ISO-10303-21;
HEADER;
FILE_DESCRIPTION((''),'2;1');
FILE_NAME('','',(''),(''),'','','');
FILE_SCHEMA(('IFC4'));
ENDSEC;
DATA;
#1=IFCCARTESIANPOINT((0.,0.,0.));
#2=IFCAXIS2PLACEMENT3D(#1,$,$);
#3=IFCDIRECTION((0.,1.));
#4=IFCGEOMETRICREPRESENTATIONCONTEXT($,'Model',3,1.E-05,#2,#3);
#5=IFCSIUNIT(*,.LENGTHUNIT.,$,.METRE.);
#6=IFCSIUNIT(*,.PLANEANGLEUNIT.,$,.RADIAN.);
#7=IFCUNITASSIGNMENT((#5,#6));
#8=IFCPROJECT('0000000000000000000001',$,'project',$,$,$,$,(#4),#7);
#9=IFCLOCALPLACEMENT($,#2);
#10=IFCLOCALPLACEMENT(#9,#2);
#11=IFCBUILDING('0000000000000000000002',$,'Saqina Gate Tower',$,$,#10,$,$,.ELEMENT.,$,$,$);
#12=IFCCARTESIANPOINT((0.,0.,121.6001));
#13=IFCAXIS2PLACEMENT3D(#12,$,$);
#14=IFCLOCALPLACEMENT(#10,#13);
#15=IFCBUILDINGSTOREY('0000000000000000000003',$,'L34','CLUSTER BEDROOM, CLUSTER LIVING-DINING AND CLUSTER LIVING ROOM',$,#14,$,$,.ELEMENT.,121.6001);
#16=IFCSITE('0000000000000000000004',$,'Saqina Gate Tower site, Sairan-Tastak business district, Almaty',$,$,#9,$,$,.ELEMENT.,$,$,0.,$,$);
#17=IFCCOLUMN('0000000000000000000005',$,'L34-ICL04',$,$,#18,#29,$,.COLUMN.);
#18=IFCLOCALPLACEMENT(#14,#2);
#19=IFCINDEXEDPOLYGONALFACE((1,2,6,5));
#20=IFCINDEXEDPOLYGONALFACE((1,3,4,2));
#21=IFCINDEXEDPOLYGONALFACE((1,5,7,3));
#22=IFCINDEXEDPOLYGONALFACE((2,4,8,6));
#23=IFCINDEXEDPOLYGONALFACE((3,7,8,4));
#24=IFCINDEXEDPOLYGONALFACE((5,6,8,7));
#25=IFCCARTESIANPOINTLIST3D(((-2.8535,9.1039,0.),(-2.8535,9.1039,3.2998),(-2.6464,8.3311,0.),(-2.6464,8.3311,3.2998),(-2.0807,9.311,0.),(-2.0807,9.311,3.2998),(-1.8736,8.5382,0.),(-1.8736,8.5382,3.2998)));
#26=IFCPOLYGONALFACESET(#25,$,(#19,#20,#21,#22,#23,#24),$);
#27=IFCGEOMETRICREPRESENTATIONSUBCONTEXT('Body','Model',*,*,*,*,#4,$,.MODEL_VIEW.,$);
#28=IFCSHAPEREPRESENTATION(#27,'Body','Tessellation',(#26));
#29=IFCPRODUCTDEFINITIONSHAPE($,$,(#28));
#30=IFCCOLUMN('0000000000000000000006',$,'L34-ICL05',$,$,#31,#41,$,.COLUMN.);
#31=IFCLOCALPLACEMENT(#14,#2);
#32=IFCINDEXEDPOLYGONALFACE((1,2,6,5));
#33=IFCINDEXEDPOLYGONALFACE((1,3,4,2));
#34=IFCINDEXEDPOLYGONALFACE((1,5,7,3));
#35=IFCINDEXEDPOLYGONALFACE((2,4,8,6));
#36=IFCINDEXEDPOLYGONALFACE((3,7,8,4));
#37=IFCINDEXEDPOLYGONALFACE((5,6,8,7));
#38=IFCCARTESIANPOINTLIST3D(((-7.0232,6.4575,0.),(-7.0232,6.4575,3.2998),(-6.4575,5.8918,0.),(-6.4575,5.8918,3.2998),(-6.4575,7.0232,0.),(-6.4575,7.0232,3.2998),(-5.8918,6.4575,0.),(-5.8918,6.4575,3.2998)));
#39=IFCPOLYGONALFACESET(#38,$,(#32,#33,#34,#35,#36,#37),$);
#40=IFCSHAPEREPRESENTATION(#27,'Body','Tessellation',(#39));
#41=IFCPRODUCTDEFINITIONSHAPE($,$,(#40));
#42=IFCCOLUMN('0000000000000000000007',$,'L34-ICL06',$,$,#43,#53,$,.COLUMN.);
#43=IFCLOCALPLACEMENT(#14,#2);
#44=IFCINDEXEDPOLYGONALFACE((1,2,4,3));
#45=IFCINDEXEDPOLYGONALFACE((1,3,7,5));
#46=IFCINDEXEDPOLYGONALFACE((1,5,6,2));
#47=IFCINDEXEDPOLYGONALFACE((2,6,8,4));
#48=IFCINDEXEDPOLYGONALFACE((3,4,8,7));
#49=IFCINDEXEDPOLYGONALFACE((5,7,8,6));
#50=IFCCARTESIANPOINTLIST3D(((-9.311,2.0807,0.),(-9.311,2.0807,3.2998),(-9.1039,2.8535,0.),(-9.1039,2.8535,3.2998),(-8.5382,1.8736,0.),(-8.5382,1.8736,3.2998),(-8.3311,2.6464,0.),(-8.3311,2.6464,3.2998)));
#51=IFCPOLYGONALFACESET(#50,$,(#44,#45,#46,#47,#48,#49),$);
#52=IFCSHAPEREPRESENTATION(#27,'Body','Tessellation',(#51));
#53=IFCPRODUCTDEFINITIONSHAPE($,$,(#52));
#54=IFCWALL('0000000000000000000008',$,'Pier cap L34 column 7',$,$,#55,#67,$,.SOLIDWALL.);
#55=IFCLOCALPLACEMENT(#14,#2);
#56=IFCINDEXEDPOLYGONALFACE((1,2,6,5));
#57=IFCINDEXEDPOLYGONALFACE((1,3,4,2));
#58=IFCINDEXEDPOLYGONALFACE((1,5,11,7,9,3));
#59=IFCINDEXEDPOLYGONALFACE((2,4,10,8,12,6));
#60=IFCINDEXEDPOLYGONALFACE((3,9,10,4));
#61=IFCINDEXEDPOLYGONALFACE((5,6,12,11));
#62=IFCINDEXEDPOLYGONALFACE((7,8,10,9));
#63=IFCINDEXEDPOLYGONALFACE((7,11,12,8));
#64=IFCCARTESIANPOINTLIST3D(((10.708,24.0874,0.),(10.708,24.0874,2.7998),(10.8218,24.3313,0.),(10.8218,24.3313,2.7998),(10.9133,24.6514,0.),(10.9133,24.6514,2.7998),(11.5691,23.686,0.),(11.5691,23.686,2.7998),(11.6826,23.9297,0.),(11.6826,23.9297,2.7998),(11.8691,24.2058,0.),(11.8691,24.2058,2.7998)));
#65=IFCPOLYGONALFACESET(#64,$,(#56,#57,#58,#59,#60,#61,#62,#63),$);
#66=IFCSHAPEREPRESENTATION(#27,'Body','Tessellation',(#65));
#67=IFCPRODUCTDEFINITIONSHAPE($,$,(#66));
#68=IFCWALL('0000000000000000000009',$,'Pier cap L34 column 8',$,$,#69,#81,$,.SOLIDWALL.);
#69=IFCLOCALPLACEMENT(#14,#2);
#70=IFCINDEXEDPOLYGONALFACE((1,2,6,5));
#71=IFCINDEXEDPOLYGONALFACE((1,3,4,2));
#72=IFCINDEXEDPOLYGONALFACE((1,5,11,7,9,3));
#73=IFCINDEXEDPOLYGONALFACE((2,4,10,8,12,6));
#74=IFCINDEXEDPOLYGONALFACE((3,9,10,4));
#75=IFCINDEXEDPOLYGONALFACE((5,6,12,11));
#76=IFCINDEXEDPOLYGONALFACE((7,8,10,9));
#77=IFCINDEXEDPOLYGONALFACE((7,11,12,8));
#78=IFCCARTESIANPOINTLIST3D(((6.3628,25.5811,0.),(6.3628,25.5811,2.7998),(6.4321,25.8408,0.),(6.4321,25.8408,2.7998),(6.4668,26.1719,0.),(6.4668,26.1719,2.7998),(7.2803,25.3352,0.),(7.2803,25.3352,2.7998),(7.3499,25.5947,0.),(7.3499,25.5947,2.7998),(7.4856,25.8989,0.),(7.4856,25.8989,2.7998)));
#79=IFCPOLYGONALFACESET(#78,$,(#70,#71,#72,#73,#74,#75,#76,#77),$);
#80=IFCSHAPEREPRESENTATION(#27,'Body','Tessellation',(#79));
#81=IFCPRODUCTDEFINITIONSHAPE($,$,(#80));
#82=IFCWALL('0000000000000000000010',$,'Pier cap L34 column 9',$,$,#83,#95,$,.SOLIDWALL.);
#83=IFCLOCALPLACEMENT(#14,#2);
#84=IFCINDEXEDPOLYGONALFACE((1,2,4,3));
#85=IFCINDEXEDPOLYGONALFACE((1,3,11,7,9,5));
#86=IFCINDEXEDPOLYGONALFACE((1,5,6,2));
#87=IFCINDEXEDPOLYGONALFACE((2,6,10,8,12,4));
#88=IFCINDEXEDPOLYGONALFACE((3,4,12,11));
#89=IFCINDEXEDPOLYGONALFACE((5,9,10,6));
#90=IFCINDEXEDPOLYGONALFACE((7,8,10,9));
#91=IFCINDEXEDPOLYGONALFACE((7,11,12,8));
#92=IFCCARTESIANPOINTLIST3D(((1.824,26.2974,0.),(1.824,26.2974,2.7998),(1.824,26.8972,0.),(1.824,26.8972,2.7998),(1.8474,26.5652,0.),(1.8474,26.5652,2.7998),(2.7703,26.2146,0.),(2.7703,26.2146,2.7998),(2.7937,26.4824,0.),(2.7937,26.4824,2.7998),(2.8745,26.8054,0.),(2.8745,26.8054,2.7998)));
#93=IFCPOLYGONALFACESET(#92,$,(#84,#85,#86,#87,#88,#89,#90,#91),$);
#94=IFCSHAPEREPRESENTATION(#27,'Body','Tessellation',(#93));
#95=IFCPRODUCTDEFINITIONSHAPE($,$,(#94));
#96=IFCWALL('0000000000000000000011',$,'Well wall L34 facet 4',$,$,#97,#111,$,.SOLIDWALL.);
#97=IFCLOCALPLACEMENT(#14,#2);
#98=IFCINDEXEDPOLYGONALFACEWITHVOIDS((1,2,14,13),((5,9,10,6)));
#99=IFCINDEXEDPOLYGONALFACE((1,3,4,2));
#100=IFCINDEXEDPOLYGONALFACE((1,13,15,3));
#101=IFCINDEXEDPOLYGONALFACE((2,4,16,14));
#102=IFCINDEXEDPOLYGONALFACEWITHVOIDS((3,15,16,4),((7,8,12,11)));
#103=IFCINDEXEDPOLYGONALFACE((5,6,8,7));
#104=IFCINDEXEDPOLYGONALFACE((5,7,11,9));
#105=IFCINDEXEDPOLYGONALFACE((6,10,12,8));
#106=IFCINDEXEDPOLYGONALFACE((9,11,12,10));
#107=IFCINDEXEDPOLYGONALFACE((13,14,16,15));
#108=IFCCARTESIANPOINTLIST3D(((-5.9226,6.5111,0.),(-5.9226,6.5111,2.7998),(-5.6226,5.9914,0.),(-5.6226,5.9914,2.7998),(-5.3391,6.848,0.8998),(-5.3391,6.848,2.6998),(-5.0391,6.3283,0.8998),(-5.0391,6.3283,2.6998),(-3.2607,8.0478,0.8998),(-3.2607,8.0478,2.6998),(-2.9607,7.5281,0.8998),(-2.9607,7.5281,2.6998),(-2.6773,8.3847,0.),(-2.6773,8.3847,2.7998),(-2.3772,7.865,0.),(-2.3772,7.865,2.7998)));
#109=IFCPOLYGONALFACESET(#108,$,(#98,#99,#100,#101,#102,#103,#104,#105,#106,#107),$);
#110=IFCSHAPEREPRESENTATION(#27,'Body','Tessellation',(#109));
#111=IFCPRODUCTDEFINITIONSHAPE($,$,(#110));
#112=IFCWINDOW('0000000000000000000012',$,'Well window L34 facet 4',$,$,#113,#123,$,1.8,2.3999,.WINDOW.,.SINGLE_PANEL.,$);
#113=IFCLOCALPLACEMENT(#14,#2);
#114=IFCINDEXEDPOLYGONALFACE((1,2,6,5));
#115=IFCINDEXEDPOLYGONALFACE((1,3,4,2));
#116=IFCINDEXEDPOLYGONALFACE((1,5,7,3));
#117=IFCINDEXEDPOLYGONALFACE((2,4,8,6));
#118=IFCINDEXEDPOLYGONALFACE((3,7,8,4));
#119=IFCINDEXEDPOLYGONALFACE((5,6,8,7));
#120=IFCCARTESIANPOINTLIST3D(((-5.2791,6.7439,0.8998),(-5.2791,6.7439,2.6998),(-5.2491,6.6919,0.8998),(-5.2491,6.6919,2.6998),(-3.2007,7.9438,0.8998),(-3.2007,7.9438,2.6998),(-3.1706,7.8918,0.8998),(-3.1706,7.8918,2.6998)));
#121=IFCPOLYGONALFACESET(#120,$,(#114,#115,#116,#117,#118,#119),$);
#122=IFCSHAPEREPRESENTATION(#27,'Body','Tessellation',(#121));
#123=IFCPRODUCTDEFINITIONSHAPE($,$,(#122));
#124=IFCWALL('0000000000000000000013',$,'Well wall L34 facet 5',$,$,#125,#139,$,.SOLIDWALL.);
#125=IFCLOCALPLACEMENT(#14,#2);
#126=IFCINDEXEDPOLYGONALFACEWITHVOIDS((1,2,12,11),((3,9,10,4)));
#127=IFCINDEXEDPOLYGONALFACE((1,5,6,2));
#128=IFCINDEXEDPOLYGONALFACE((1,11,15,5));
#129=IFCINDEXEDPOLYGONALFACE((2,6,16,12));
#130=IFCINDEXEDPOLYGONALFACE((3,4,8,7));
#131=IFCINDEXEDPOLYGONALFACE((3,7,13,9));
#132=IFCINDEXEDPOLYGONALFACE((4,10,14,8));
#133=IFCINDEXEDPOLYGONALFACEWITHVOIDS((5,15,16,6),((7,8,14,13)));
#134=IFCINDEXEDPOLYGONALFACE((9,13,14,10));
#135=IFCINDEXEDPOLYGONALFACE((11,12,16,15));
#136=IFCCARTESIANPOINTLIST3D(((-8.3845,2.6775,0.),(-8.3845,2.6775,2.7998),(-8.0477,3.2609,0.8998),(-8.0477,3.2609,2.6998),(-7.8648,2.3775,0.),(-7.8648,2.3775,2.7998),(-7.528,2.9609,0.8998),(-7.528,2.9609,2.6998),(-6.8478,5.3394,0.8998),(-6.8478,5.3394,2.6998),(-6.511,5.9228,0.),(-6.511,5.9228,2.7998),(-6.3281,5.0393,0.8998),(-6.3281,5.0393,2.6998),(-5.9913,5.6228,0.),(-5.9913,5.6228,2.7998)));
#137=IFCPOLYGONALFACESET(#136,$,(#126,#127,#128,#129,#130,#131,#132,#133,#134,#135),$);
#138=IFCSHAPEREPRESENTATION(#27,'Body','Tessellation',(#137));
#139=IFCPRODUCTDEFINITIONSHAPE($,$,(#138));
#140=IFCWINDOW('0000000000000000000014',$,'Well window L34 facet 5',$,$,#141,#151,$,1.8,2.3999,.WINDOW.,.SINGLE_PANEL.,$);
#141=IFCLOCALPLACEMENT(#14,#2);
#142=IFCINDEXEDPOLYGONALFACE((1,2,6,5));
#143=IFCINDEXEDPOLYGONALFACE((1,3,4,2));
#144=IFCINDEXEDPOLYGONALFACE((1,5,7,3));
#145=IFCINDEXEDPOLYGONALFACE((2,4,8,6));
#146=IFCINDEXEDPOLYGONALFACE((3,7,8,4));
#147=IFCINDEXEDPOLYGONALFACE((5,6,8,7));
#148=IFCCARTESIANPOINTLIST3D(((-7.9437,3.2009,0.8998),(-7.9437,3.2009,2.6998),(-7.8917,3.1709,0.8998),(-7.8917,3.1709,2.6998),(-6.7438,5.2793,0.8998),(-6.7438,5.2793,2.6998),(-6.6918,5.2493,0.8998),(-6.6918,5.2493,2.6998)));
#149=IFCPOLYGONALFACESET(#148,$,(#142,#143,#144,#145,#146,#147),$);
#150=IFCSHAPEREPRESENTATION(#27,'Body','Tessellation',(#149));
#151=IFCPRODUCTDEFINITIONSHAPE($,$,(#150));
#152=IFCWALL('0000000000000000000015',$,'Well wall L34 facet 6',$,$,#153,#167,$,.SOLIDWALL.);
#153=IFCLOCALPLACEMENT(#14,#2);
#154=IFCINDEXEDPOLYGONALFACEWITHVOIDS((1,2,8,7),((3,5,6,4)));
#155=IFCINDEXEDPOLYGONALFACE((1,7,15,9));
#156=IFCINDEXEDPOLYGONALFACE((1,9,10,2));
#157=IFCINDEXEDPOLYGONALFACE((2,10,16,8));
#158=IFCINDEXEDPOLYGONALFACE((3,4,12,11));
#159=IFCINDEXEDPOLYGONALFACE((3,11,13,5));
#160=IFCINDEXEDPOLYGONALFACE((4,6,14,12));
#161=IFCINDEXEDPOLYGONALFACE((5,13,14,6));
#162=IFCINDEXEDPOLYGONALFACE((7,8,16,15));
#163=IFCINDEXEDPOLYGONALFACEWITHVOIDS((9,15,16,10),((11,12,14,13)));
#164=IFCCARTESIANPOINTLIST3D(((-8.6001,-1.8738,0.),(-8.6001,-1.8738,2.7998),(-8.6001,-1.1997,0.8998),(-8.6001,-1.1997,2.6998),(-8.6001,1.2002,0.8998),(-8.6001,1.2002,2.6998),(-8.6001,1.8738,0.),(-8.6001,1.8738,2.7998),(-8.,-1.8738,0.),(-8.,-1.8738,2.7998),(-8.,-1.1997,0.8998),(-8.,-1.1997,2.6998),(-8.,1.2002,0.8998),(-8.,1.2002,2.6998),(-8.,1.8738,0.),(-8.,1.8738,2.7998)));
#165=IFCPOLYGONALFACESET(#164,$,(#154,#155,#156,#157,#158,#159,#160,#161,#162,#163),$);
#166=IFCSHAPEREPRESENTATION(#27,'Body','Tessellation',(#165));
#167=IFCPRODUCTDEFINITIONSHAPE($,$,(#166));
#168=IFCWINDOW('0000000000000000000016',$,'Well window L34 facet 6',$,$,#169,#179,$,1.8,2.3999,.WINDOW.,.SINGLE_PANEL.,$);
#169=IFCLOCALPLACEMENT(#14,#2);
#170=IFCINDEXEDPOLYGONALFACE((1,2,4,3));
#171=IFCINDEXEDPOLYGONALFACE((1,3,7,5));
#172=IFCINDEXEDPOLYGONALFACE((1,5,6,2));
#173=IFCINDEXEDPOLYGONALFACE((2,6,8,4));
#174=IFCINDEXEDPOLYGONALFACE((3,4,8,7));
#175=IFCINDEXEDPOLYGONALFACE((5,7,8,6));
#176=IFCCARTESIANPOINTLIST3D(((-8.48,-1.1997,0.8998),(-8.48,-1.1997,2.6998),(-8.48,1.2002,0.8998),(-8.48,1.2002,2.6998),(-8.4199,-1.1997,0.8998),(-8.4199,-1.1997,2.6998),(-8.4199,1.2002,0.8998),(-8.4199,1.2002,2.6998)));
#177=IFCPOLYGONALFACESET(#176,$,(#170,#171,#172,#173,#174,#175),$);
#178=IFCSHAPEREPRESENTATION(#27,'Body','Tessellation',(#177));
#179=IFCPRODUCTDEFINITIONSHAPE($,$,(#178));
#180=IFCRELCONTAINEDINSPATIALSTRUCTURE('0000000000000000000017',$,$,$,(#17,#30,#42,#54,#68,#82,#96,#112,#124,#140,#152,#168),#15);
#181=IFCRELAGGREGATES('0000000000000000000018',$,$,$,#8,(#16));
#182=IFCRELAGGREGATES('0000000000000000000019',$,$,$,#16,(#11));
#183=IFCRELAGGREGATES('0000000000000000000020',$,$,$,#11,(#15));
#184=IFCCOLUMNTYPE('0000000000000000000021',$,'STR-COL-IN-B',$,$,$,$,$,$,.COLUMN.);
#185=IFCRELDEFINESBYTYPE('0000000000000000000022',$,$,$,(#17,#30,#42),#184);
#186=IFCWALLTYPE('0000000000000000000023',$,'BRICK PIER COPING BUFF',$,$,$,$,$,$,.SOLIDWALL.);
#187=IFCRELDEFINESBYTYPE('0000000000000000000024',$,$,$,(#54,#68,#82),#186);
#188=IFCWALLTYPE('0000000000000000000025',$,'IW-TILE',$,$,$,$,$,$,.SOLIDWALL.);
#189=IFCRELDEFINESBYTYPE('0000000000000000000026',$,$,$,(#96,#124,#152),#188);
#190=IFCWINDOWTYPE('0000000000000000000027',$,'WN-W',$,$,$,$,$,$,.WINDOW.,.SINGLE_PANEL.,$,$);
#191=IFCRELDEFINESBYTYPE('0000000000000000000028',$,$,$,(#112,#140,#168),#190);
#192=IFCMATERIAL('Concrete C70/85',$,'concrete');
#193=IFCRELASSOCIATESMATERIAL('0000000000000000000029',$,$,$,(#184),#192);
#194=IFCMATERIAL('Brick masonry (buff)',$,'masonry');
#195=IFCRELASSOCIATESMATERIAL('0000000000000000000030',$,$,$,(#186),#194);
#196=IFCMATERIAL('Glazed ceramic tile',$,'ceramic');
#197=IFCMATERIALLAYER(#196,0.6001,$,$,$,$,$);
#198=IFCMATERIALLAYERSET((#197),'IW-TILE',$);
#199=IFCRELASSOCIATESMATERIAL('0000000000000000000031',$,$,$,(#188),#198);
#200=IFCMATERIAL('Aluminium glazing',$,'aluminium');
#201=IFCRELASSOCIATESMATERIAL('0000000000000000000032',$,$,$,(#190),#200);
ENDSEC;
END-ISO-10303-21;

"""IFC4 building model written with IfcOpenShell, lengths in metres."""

from ifc_helpers import new_model, si_unit, direction, frame, frame_2d, origin, origin_2d, place, context, subcontext, project, spatial, polyline, rectangle, outline, extrude, material, layer, layer_set, material_profile, profile_set, type_object, element, fill, save


model = new_model("IFC4")

# Units and contexts
model_context = context("Model", 3, precision=1e-05, world=origin(), true_north=direction((0.0, 1.0)))
body_context = subcontext(model_context, "Body", "Model", "MODEL_VIEW")
ifc_project = project(units=[si_unit("LENGTHUNIT", "METRE"), si_unit("PLANEANGLEUNIT", "RADIAN")], contexts=[model_context])

# Site, building, storey
site_placement = place(None, origin())
site = spatial("IfcSite", under=ifc_project, at=site_placement, Name="Saqina Gate Tower site, Sairan-Tastak business district, Almaty", CompositionType="ELEMENT", RefElevation=0.0)
building_placement = place(site_placement, origin())
building = spatial("IfcBuilding", under=site, at=building_placement, Name="Saqina Gate Tower", CompositionType="ELEMENT")
storey_placement = place(building_placement, frame((0.0, 0.0, 121.6001)))
storey = spatial("IfcBuildingStorey", under=building, at=storey_placement, Name="L34", Description="CLUSTER BEDROOM, CLUSTER LIVING-DINING AND CLUSTER LIVING ROOM", CompositionType="ELEMENT", Elevation=121.6001)

# Columns
ifc_material_1 = material(Name="Concrete C70/85", Category="concrete")
ifc_material_profile = material_profile(ifc_material_1, rectangle(XDim=0.8, YDim=0.8, at=origin_2d()), Name="RC 800x800")
ifc_profile_set = profile_set([ifc_material_profile], Name="Concrete C70/85")
column_type = type_object("IfcColumnType", Name="STR-COL-IN-B", PredefinedType="COLUMN", material=ifc_profile_set)
for number, where, z_axis, x_axis, name in (
    (1, (-2.3635, 8.821, 0.0), (0.0, 0.0, 1.0), (-0.258819, 0.965926, 0.0), "L34-ICL04"),
    (2, (-6.4575, 6.4575, 0.0), (0.0, 0.0, 1.0), (-0.707107, 0.707107, 0.0), "L34-ICL05"),
    (3, (-8.821, 2.3635, 0.0), (0.0, 0.0, 1.0), (-0.965926, 0.258819, 0.0), "L34-ICL06"),
):
    element("IfcColumn", number, at=place(storey_placement, frame(where, z_axis=z_axis, x_axis=x_axis)), inside=storey, type_object=column_type, Name=name, PredefinedType="COLUMN", context=body_context, shape_type="SweptSolid", body=[
        extrude(rectangle(XDim=0.8, YDim=0.8, at=origin_2d()), origin(), (0.0, 0.0, 1.0), 3.2998),
    ])

# Walls
ifc_material_2 = material(Name="Brick masonry (buff)", Category="masonry")
wall_type_1 = type_object("IfcWallType", Name="BRICK PIER COPING BUFF", PredefinedType="SOLIDWALL", material=ifc_material_2)
wall_1_placement = place(storey_placement, origin())
element("IfcWall", 4, at=wall_1_placement, inside=storey, type_object=wall_type_1, Name="Pier cap L34 column 7", PredefinedType="SOLIDWALL", context=body_context, shape_type="SweptSolid", body=[
    extrude(outline(polyline([(10.9133, 24.6514), (10.708, 24.0874), (10.8218, 24.3313), (11.6826, 23.9297), (11.5691, 23.686), (11.8691, 24.2058), (10.9133, 24.6514)])), origin(), (0.0, 0.0, 1.0), 2.7998),
])
wall_2_placement = place(storey_placement, origin())
element("IfcWall", 5, at=wall_2_placement, inside=storey, type_object=wall_type_1, Name="Pier cap L34 column 8", PredefinedType="SOLIDWALL", context=body_context, shape_type="SweptSolid", body=[
    extrude(outline(polyline([(7.4856, 25.8989), (6.4668, 26.1719), (6.3628, 25.5811), (6.4321, 25.8408), (7.3499, 25.5947), (7.2803, 25.3352), (7.4856, 25.8989)])), origin(), (0.0, 0.0, 1.0), 2.7998),
])
wall_3_placement = place(storey_placement, origin())
element("IfcWall", 6, at=wall_3_placement, inside=storey, type_object=wall_type_1, Name="Pier cap L34 column 9", PredefinedType="SOLIDWALL", context=body_context, shape_type="SweptSolid", body=[
    extrude(outline(polyline([(2.8745, 26.8054), (1.824, 26.8972), (1.824, 26.2974), (1.8474, 26.5652), (2.7937, 26.4824), (2.7703, 26.2146), (2.8745, 26.8054)])), origin(), (0.0, 0.0, 1.0), 2.7998),
])

# Walls, openings, windows
ifc_material_3 = material(Name="Glazed ceramic tile", Category="ceramic")
ifc_layer_1 = layer(ifc_material_3, 0.6001)
ifc_layer_set_1 = layer_set([ifc_layer_1], Name="IW-TILE")
wall_type_2 = type_object("IfcWallType", Name="IW-TILE", PredefinedType="SOLIDWALL", material=ifc_layer_set_1)
wall_4_placement = place(storey_placement, frame((-2.5273, 8.1248, 0.0), z_axis=(0.0, 0.0, 1.0), x_axis=(-0.866046, -0.499965, 0.0)))
wall_4 = element("IfcWall", 7, at=wall_4_placement, inside=storey, type_object=wall_type_2, Name="Well wall L34 facet 4", PredefinedType="SOLIDWALL", context=body_context, shape_type="SweptSolid", body=[
    extrude(rectangle(XDim=3.7473, YDim=0.6001, at=frame_2d((1.8735, 0.0))), origin(), (0.0, 0.0, 1.0), 2.7998),
])
opening_1_placement = place(wall_4_placement, frame((0.6736, 0.0, 0.8999)))
opening_1 = element("IfcOpeningElement", 8, at=opening_1_placement, cuts=wall_4, PredefinedType="OPENING", context=body_context, shape_type="SweptSolid", body=[
    extrude(rectangle(XDim=2.3999, YDim=1.8, at=frame_2d((1.2, 0.8999))), frame((0.0, 0.312, 0.0), z_axis=(0.0, -1.0, 0.0), x_axis=(1.0, 0.0, 0.0)), (0.0, 0.0, 1.0), 0.624),
])
ifc_material_4 = material(Name="Aluminium glazing", Category="aluminium")
window_type = type_object("IfcWindowType", Name="WN-W", PartitioningType="SINGLE_PANEL", PredefinedType="WINDOW", material=ifc_material_4)
window_1_placement = place(opening_1_placement, origin())
window_1 = element("IfcWindow", 9, at=window_1_placement, inside=storey, type_object=window_type, Name="Well window L34 facet 4", OverallHeight=1.8, OverallWidth=2.3999, PartitioningType="SINGLE_PANEL", PredefinedType="WINDOW", context=body_context, shape_type="SweptSolid", body=[
    extrude(rectangle(XDim=2.3999, YDim=1.8, at=frame_2d((1.2, 0.8999))), frame((0.0, -0.1199, 0.0), z_axis=(0.0, -1.0, 0.0), x_axis=(1.0, 0.0, 0.0)), (0.0, 0.0, 1.0), 0.0601),
])
fill(opening_1, window_1)
wall_5_placement = place(storey_placement, frame((-6.2512, 5.7727, 0.0), z_axis=(0.0, 0.0, 1.0), x_axis=(-0.499965, -0.866046, 0.0)))
wall_5 = element("IfcWall", 10, at=wall_5_placement, inside=storey, type_object=wall_type_2, Name="Well wall L34 facet 5", PredefinedType="SOLIDWALL", context=body_context, shape_type="SweptSolid", body=[
    extrude(rectangle(XDim=3.7473, YDim=0.6001, at=frame_2d((1.8735, 0.0))), origin(), (0.0, 0.0, 1.0), 2.7998),
])
opening_2_placement = place(wall_5_placement, frame((0.6736, 0.0, 0.8999)))
opening_2 = element("IfcOpeningElement", 11, at=opening_2_placement, cuts=wall_5, PredefinedType="OPENING", context=body_context, shape_type="SweptSolid", body=[
    extrude(rectangle(XDim=2.3999, YDim=1.8, at=frame_2d((1.2, 0.8999))), frame((0.0, 0.312, 0.0), z_axis=(0.0, -1.0, 0.0), x_axis=(1.0, 0.0, 0.0)), (0.0, 0.0, 1.0), 0.624),
])
window_2_placement = place(opening_2_placement, origin())
window_2 = element("IfcWindow", 12, at=window_2_placement, inside=storey, type_object=window_type, Name="Well window L34 facet 5", OverallHeight=1.8, OverallWidth=2.3999, PartitioningType="SINGLE_PANEL", PredefinedType="WINDOW", context=body_context, shape_type="SweptSolid", body=[
    extrude(rectangle(XDim=2.3999, YDim=1.8, at=frame_2d((1.2, 0.8999))), frame((0.0, -0.1199, 0.0), z_axis=(0.0, -1.0, 0.0), x_axis=(1.0, 0.0, 0.0)), (0.0, 0.0, 1.0), 0.0601),
])
fill(opening_2, window_2)
wall_6_placement = place(storey_placement, frame((-8.3, 1.8738, 0.0), z_axis=(0.0, 0.0, 1.0), x_axis=(0.0, -1.0, 0.0)))
wall_6 = element("IfcWall", 13, at=wall_6_placement, inside=storey, type_object=wall_type_2, Name="Well wall L34 facet 6", PredefinedType="SOLIDWALL", context=body_context, shape_type="SweptSolid", body=[
    extrude(rectangle(XDim=3.7476, YDim=0.6001, at=frame_2d((1.8738, 0.0))), origin(), (0.0, 0.0, 1.0), 2.7998),
])
opening_3_placement = place(wall_6_placement, frame((0.6736, 0.0, 0.8999)))
opening_3 = element("IfcOpeningElement", 14, at=opening_3_placement, cuts=wall_6, PredefinedType="OPENING", context=body_context, shape_type="SweptSolid", body=[
    extrude(rectangle(XDim=2.3999, YDim=1.8, at=frame_2d((1.2, 0.8999))), frame((0.0, 0.312, 0.0), z_axis=(0.0, -1.0, 0.0), x_axis=(1.0, 0.0, 0.0)), (0.0, 0.0, 1.0), 0.624),
])
window_3_placement = place(opening_3_placement, origin())
window_3 = element("IfcWindow", 15, at=window_3_placement, inside=storey, type_object=window_type, Name="Well window L34 facet 6", OverallHeight=1.8, OverallWidth=2.3999, PartitioningType="SINGLE_PANEL", PredefinedType="WINDOW", context=body_context, shape_type="SweptSolid", body=[
    extrude(rectangle(XDim=2.3999, YDim=1.8, at=frame_2d((1.2, 0.8999))), frame((0.0, -0.1199, 0.0), z_axis=(0.0, -1.0, 0.0), x_axis=(1.0, 0.0, 0.0)), (0.0, 0.0, 1.0), 0.0601),
])
fill(opening_3, window_3)

save(model, "model.ifc")
